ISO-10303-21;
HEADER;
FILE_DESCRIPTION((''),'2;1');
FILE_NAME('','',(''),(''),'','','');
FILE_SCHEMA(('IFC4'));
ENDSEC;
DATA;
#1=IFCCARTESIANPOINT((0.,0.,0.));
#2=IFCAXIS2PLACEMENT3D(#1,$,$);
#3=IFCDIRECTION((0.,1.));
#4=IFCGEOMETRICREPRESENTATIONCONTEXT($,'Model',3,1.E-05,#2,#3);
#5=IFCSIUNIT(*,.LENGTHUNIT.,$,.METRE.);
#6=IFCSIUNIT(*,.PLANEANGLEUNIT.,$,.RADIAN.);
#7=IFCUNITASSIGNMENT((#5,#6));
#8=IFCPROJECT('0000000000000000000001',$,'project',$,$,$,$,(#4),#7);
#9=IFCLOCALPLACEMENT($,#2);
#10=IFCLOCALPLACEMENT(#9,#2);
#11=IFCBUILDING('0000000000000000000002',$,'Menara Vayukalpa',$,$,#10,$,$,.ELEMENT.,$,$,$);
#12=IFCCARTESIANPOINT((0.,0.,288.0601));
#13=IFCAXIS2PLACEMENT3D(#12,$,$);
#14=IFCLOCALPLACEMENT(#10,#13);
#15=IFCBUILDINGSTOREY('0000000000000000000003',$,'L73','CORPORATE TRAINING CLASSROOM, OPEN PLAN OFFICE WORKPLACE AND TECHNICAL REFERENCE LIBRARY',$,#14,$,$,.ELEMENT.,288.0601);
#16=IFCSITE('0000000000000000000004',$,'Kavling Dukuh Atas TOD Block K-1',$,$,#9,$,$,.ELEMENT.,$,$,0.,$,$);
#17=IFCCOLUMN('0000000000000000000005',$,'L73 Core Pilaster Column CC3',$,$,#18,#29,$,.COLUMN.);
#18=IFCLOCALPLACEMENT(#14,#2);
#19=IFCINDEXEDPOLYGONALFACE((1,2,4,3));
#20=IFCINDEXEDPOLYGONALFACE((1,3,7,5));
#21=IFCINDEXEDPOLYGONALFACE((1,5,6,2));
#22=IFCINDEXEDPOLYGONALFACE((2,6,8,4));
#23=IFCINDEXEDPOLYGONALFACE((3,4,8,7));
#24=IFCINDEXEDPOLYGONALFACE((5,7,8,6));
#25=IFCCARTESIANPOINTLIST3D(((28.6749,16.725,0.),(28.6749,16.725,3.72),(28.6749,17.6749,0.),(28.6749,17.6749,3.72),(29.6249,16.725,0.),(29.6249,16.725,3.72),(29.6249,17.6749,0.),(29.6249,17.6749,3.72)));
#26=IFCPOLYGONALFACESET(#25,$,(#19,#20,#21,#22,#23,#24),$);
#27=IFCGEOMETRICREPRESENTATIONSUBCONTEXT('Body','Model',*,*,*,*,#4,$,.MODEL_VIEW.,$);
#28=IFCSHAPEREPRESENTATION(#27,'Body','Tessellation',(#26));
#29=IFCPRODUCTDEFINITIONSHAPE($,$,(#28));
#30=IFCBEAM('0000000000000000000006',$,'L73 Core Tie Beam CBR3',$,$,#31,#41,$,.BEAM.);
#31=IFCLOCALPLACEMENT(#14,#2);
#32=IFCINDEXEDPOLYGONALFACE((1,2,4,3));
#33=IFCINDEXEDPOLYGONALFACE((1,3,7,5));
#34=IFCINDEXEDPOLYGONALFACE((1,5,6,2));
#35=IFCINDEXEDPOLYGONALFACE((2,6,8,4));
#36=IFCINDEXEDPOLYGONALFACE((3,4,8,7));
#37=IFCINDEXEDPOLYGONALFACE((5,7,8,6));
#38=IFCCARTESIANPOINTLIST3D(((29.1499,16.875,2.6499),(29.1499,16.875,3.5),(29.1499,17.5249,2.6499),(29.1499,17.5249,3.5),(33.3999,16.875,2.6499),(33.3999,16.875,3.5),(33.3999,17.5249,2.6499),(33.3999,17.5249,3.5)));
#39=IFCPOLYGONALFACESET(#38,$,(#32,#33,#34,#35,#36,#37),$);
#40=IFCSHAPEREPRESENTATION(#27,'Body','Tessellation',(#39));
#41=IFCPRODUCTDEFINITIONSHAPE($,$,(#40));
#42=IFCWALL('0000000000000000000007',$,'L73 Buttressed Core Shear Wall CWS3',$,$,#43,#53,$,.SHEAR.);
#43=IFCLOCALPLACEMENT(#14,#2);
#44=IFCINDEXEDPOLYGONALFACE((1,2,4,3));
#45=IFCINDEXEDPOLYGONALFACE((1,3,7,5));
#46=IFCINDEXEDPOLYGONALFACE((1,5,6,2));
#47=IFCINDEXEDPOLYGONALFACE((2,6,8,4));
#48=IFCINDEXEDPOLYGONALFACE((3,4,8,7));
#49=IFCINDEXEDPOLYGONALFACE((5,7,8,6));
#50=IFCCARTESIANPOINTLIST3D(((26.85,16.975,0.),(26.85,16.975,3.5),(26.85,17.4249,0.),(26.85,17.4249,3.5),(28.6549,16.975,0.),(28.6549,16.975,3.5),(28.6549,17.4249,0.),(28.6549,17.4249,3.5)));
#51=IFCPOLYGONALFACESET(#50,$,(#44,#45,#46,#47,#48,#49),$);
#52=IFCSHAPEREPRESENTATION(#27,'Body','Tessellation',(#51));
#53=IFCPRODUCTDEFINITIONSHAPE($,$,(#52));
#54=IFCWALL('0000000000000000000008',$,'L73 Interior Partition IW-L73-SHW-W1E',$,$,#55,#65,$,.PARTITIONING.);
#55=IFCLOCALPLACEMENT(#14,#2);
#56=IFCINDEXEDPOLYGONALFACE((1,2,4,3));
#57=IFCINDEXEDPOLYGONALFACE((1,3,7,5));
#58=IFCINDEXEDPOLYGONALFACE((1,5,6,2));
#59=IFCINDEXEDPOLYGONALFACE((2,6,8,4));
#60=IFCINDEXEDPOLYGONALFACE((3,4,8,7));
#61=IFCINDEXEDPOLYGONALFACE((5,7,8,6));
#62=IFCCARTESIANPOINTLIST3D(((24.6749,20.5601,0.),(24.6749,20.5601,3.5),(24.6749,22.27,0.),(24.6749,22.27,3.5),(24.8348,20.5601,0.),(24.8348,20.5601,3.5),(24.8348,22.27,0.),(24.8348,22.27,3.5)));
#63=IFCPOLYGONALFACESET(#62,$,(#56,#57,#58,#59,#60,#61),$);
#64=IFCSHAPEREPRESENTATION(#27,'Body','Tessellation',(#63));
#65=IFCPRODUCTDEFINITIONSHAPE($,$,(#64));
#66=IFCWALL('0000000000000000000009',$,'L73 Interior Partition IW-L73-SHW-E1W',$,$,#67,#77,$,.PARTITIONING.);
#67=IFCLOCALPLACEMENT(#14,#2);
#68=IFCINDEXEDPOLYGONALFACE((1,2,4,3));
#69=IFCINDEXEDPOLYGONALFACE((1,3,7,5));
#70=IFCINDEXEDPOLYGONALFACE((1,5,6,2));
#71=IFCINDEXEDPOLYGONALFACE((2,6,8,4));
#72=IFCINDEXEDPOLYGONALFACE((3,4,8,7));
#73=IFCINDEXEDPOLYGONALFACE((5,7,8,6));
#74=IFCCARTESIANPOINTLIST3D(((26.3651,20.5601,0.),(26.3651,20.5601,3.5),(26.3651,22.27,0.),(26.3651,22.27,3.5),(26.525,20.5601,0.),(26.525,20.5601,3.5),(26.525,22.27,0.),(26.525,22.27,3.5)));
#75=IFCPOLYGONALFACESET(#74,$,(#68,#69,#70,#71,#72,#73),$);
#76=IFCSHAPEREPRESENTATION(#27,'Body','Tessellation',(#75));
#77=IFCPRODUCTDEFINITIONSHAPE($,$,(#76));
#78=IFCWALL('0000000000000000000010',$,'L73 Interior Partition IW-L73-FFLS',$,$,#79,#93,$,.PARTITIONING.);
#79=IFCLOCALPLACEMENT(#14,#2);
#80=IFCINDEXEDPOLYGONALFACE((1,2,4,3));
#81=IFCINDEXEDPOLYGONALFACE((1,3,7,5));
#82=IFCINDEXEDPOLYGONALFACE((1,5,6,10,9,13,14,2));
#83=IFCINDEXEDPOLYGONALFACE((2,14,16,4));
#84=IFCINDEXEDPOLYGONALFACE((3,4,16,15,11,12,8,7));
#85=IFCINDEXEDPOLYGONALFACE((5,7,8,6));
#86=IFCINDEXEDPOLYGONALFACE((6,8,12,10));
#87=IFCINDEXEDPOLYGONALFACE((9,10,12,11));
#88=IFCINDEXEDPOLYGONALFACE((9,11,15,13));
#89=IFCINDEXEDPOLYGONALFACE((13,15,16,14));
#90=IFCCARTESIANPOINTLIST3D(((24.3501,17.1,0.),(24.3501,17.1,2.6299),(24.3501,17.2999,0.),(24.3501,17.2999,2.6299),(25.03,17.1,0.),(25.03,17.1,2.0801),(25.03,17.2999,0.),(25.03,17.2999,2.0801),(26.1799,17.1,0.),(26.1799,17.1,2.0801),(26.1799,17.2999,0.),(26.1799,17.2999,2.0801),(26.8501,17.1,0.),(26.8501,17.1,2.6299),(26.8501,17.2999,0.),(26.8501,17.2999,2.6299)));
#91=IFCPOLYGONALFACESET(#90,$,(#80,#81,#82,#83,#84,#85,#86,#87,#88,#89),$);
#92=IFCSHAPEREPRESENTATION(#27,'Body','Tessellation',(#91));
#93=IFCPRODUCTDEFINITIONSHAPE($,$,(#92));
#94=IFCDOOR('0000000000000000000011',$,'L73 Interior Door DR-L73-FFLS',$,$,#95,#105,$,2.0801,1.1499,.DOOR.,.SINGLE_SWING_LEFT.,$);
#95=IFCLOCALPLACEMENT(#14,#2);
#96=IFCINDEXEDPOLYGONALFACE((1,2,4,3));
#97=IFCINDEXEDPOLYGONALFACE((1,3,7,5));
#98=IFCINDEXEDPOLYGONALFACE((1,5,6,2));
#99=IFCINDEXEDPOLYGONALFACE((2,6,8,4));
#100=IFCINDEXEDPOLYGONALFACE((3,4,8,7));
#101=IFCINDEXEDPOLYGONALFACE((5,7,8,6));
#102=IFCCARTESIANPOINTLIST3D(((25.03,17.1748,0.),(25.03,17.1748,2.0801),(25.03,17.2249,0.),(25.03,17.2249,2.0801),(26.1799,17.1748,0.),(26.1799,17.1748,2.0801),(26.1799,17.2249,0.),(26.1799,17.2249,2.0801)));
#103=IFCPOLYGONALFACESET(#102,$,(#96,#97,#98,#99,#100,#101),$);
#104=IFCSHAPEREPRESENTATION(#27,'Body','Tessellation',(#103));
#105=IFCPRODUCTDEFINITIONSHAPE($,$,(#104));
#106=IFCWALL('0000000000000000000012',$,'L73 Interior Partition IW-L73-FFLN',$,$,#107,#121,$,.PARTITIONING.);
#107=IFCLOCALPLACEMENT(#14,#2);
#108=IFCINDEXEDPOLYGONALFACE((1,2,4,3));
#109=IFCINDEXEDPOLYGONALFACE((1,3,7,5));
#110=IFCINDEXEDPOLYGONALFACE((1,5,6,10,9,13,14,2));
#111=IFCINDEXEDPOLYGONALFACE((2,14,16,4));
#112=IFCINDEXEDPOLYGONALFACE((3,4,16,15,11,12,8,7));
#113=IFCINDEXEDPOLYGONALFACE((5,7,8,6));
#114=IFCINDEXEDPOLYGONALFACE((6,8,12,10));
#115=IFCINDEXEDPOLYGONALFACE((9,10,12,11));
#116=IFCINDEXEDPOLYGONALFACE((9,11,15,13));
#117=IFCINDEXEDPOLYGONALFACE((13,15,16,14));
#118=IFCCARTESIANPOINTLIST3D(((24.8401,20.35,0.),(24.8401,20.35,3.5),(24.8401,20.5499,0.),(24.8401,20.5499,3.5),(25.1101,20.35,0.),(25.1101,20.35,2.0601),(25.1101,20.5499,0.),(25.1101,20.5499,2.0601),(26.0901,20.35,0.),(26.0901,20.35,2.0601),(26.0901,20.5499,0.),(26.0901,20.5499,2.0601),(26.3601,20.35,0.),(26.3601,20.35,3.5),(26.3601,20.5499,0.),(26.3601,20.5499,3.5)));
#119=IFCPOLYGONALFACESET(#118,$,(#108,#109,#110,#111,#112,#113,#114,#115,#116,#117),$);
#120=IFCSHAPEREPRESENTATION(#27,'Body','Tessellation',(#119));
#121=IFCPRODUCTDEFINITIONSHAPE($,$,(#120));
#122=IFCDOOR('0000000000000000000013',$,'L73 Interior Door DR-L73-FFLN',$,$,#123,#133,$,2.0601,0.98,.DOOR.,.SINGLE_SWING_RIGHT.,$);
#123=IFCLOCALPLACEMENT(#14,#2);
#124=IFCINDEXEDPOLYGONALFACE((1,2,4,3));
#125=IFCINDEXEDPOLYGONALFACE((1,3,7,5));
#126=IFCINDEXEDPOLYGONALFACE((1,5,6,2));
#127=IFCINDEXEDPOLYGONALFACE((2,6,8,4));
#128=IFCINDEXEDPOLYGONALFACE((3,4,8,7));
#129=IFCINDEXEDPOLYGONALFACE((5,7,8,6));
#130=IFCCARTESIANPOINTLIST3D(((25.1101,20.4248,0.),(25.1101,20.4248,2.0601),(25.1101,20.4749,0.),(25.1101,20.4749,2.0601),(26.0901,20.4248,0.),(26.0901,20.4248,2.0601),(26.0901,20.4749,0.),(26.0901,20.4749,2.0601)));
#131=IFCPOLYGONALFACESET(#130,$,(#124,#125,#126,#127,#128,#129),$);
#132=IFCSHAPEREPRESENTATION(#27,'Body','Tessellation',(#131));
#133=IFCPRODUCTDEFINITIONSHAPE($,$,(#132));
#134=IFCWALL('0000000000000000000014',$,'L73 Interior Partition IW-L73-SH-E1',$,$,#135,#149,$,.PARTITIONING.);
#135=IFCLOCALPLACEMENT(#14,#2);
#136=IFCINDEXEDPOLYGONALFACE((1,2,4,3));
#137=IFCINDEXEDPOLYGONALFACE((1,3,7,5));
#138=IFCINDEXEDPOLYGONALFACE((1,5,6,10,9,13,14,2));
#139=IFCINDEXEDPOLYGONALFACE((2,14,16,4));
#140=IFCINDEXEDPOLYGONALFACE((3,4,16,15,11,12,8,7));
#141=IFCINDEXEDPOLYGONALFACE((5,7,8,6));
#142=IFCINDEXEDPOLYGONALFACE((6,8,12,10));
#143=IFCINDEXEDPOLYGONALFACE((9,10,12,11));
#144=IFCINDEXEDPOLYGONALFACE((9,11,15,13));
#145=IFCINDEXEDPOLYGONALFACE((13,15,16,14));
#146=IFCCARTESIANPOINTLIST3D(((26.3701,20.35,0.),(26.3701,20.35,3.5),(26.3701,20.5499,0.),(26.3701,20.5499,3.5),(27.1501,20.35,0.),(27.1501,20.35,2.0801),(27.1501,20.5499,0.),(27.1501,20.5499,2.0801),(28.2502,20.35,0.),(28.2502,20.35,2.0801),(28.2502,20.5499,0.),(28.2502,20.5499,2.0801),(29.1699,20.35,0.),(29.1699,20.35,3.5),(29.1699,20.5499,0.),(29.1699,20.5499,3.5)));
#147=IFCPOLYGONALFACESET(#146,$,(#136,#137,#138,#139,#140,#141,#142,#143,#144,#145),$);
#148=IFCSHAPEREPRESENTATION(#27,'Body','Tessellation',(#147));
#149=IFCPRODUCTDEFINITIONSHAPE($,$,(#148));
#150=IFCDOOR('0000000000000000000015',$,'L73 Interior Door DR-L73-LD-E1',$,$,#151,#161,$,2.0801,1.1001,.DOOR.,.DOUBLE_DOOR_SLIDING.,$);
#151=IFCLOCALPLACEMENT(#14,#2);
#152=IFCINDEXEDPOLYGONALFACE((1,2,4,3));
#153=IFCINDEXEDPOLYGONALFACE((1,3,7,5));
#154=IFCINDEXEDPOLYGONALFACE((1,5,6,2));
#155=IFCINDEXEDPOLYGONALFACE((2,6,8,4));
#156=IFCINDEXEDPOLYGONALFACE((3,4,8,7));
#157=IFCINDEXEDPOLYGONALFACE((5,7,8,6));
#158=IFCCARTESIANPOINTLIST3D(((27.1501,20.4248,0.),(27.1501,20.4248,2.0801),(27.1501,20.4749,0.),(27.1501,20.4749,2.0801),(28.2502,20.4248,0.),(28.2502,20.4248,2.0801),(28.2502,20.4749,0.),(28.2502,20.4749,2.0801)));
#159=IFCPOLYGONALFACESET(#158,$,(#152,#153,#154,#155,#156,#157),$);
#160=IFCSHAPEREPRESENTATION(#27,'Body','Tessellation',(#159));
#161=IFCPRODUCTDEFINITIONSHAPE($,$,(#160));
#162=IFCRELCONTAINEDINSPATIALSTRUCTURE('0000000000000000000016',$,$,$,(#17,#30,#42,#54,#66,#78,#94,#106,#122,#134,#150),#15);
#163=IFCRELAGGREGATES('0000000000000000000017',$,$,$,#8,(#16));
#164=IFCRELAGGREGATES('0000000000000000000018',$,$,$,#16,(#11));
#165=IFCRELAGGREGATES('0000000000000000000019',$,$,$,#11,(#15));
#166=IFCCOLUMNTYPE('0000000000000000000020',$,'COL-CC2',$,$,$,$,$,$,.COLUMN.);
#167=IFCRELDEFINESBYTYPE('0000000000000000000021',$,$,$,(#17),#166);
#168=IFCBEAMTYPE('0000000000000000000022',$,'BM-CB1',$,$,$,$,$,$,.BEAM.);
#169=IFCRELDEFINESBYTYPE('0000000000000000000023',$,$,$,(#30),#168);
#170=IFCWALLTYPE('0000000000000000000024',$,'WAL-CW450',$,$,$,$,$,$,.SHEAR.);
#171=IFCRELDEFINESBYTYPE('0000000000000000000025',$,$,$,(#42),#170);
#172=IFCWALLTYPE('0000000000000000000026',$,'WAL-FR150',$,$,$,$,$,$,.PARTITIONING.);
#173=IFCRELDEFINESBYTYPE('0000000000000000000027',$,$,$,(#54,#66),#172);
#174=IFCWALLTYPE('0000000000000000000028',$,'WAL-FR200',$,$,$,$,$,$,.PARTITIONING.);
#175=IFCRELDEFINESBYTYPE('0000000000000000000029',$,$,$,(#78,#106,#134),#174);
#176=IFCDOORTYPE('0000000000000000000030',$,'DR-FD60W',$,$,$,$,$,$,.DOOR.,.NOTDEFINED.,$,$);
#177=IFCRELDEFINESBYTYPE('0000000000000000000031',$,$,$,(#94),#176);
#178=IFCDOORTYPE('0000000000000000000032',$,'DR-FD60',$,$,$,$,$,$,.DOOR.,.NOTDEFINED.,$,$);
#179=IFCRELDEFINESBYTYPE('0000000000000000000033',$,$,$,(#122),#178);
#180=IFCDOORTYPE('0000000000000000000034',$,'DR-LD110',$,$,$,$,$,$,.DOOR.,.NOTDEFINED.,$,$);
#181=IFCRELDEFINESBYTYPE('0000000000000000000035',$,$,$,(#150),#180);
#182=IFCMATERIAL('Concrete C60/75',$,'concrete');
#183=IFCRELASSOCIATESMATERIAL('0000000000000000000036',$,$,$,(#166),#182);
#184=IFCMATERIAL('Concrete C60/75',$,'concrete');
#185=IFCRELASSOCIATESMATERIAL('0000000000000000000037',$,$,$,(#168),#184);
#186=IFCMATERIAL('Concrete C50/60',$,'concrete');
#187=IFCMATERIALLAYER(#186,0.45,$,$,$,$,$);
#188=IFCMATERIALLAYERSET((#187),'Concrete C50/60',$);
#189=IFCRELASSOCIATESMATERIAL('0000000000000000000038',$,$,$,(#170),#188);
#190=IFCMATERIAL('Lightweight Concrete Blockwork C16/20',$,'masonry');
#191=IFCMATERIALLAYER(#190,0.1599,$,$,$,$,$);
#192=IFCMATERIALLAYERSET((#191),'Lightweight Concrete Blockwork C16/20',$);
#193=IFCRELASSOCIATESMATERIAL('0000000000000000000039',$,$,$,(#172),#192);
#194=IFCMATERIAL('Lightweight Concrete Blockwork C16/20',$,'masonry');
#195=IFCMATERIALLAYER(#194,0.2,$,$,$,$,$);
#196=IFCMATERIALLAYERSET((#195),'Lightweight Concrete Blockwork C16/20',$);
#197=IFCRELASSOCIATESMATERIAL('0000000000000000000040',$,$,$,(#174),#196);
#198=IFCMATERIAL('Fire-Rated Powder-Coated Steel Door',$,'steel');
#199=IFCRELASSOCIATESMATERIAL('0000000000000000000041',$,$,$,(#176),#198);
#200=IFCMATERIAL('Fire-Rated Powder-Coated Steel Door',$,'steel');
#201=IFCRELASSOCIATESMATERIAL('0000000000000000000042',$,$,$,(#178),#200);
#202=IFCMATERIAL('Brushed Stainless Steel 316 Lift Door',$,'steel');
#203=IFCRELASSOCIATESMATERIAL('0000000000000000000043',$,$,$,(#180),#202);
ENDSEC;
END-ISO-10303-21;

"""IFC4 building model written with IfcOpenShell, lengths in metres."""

from ifc_helpers import new_model, si_unit, direction, frame, frame_2d, origin, origin_2d, place, context, subcontext, project, spatial, rectangle, extrude, material, layer, layer_set, material_profile, profile_set, type_object, element, fill, save


model = new_model("IFC4")

# Units and contexts
model_context = context("Model", 3, precision=1e-05, world=origin(), true_north=direction((0.0, 1.0)))
body_context = subcontext(model_context, "Body", "Model", "MODEL_VIEW")
ifc_project = project(units=[si_unit("LENGTHUNIT", "METRE"), si_unit("PLANEANGLEUNIT", "RADIAN")], contexts=[model_context])

# Site, building, storey
site_placement = place(None, origin())
site = spatial("IfcSite", under=ifc_project, at=site_placement, Name="Kavling Dukuh Atas TOD Block K-1", CompositionType="ELEMENT", RefElevation=0.0)
building_placement = place(site_placement, origin())
building = spatial("IfcBuilding", under=site, at=building_placement, Name="Menara Vayukalpa", CompositionType="ELEMENT")
storey_placement = place(building_placement, frame((0.0, 0.0, 288.0601)))
storey = spatial("IfcBuildingStorey", under=building, at=storey_placement, Name="L73", Description="CORPORATE TRAINING CLASSROOM, OPEN PLAN OFFICE WORKPLACE AND TECHNICAL REFERENCE LIBRARY", CompositionType="ELEMENT", Elevation=288.0601)

# Column
ifc_material_1 = material(Name="Concrete C60/75", Category="concrete")
ifc_material_profile_1 = material_profile(ifc_material_1, rectangle(XDim=0.95, YDim=0.95, at=origin_2d()), Name="RC 950x950")
ifc_profile_set_1 = profile_set([ifc_material_profile_1], Name="Concrete C60/75")
column_type = type_object("IfcColumnType", Name="COL-CC2", PredefinedType="COLUMN", material=ifc_profile_set_1)
column_placement = place(storey_placement, frame((29.1499, 17.2, 0.0), z_axis=(0.0, 0.0, 1.0), x_axis=(1.0, 0.0, 0.0)))
element("IfcColumn", 1, at=column_placement, inside=storey, type_object=column_type, Name="L73 Core Pilaster Column CC3", PredefinedType="COLUMN", context=body_context, shape_type="SweptSolid", body=[
    extrude(rectangle(XDim=0.95, YDim=0.95, at=origin_2d()), origin(), (0.0, 0.0, 1.0), 3.72),
])

# Beam
ifc_material_2 = material(Name="Concrete C60/75", Category="concrete")
ifc_material_profile_2 = material_profile(ifc_material_2, rectangle(XDim=0.6499, YDim=0.8501, at=origin_2d()), Name="RC 650x850")
ifc_profile_set_2 = profile_set([ifc_material_profile_2], Name="Concrete C60/75")
beam_type = type_object("IfcBeamType", Name="BM-CB1", PredefinedType="BEAM", material=ifc_profile_set_2)
beam_placement = place(storey_placement, frame((29.1499, 17.2, 3.075), z_axis=(1.0, 0.0, 0.0), x_axis=(0.0, 1.0, 0.0)))
element("IfcBeam", 2, at=beam_placement, inside=storey, type_object=beam_type, Name="L73 Core Tie Beam CBR3", PredefinedType="BEAM", context=body_context, shape_type="SweptSolid", body=[
    extrude(rectangle(XDim=0.6499, YDim=0.8501, at=origin_2d()), origin(), (0.0, 0.0, 1.0), 4.25),
])

# Walls
ifc_material_3 = material(Name="Concrete C50/60", Category="concrete")
ifc_layer_1 = layer(ifc_material_3, 0.45)
ifc_layer_set_1 = layer_set([ifc_layer_1], Name="Concrete C50/60")
wall_type_1 = type_object("IfcWallType", Name="WAL-CW450", PredefinedType="SHEAR", material=ifc_layer_set_1)
wall_1_placement = place(storey_placement, frame((26.8501, 17.2, 0.0), z_axis=(0.0, 0.0, 1.0), x_axis=(1.0, 0.0, 0.0)))
element("IfcWall", 3, at=wall_1_placement, inside=storey, type_object=wall_type_1, Name="L73 Buttressed Core Shear Wall CWS3", PredefinedType="SHEAR", context=body_context, shape_type="SweptSolid", body=[
    extrude(rectangle(XDim=1.8049, YDim=0.45, at=frame_2d((0.9023, 0.0))), origin(), (0.0, 0.0, 1.0), 3.5),
])
ifc_material_4 = material(Name="Lightweight Concrete Blockwork C16/20", Category="masonry")
ifc_layer_2 = layer(ifc_material_4, 0.1599)
ifc_layer_set_2 = layer_set([ifc_layer_2], Name="Lightweight Concrete Blockwork C16/20")
wall_type_2 = type_object("IfcWallType", Name="WAL-FR150", PredefinedType="PARTITIONING", material=ifc_layer_set_2)
for number, where, z_axis, x_axis, name in (
    (4, (24.7549, 20.5601, 0.0), (0.0, 0.0, 1.0), (0.0, 1.0, 0.0), "L73 Interior Partition IW-L73-SHW-W1E"),
    (5, (26.4451, 20.5601, 0.0), (0.0, 0.0, 1.0), (0.0, 1.0, 0.0), "L73 Interior Partition IW-L73-SHW-E1W"),
):
    element("IfcWall", number, at=place(storey_placement, frame(where, z_axis=z_axis, x_axis=x_axis)), inside=storey, type_object=wall_type_2, Name=name, PredefinedType="PARTITIONING", context=body_context, shape_type="SweptSolid", body=[
        extrude(rectangle(XDim=1.71, YDim=0.1599, at=frame_2d((0.855, 0.0))), origin(), (0.0, 0.0, 1.0), 3.5),
    ])

# Walls, openings, doors
ifc_material_5 = material(Name="Lightweight Concrete Blockwork C16/20", Category="masonry")
ifc_layer_3 = layer(ifc_material_5, 0.2)
ifc_layer_set_3 = layer_set([ifc_layer_3], Name="Lightweight Concrete Blockwork C16/20")
wall_type_3 = type_object("IfcWallType", Name="WAL-FR200", PredefinedType="PARTITIONING", material=ifc_layer_set_3)
wall_2_placement = place(storey_placement, frame((24.3501, 17.2, 0.0), z_axis=(0.0, 0.0, 1.0), x_axis=(1.0, 0.0, 0.0)))
wall_2 = element("IfcWall", 6, at=wall_2_placement, inside=storey, type_object=wall_type_3, Name="L73 Interior Partition IW-L73-FFLS", PredefinedType="PARTITIONING", context=body_context, shape_type="SweptSolid", body=[
    extrude(rectangle(XDim=2.5, YDim=0.2, at=frame_2d((1.25, 0.0))), origin(), (0.0, 0.0, 1.0), 2.6299),
])
opening_1_placement = place(wall_2_placement, frame((0.6799, 0.0, 0.0)))
opening_1 = element("IfcOpeningElement", 7, at=opening_1_placement, cuts=wall_2, PredefinedType="OPENING", context=body_context, shape_type="SweptSolid", body=[
    extrude(rectangle(XDim=1.1499, YDim=2.0801, at=frame_2d((0.575, 1.04))), frame((0.0, 0.1099, 0.0), z_axis=(0.0, -1.0, 0.0), x_axis=(1.0, 0.0, 0.0)), (0.0, 0.0, 1.0), 0.22),
])
ifc_material_6 = material(Name="Fire-Rated Powder-Coated Steel Door", Category="steel")
door_type_1 = type_object("IfcDoorType", Name="DR-FD60W", OperationType="NOTDEFINED", PredefinedType="DOOR", material=ifc_material_6)
door_1_placement = place(opening_1_placement, origin())
door_1 = element("IfcDoor", 8, at=door_1_placement, inside=storey, type_object=door_type_1, Name="L73 Interior Door DR-L73-FFLS", OperationType="SINGLE_SWING_LEFT", OverallHeight=2.0801, OverallWidth=1.1499, PredefinedType="DOOR", context=body_context, shape_type="SweptSolid", body=[
    extrude(rectangle(XDim=1.1499, YDim=2.0801, at=frame_2d((0.575, 1.04))), frame((0.0, 0.0249, 0.0), z_axis=(0.0, -1.0, 0.0), x_axis=(1.0, 0.0, 0.0)), (0.0, 0.0, 1.0), 0.05),
])
fill(opening_1, door_1)
wall_3_placement = place(storey_placement, frame((24.8401, 20.45, 0.0), z_axis=(0.0, 0.0, 1.0), x_axis=(1.0, 0.0, 0.0)))
wall_3 = element("IfcWall", 9, at=wall_3_placement, inside=storey, type_object=wall_type_3, Name="L73 Interior Partition IW-L73-FFLN", PredefinedType="PARTITIONING", context=body_context, shape_type="SweptSolid", body=[
    extrude(rectangle(XDim=1.52, YDim=0.2, at=frame_2d((0.76, 0.0))), origin(), (0.0, 0.0, 1.0), 3.5),
])
opening_2_placement = place(wall_3_placement, frame((0.27, 0.0, 0.0)))
opening_2 = element("IfcOpeningElement", 10, at=opening_2_placement, cuts=wall_3, PredefinedType="OPENING", context=body_context, shape_type="SweptSolid", body=[
    extrude(rectangle(XDim=0.98, YDim=2.0601, at=frame_2d((0.49, 1.03))), frame((0.0, 0.1099, 0.0), z_axis=(0.0, -1.0, 0.0), x_axis=(1.0, 0.0, 0.0)), (0.0, 0.0, 1.0), 0.22),
])
ifc_material_7 = material(Name="Fire-Rated Powder-Coated Steel Door", Category="steel")
door_type_2 = type_object("IfcDoorType", Name="DR-FD60", OperationType="NOTDEFINED", PredefinedType="DOOR", material=ifc_material_7)
door_2_placement = place(opening_2_placement, origin())
door_2 = element("IfcDoor", 11, at=door_2_placement, inside=storey, type_object=door_type_2, Name="L73 Interior Door DR-L73-FFLN", OperationType="SINGLE_SWING_RIGHT", OverallHeight=2.0601, OverallWidth=0.98, PredefinedType="DOOR", context=body_context, shape_type="SweptSolid", body=[
    extrude(rectangle(XDim=0.98, YDim=2.0601, at=frame_2d((0.49, 1.03))), frame((0.0, 0.0249, 0.0), z_axis=(0.0, -1.0, 0.0), x_axis=(1.0, 0.0, 0.0)), (0.0, 0.0, 1.0), 0.05),
])
fill(opening_2, door_2)
wall_4_placement = place(storey_placement, frame((26.3701, 20.45, 0.0), z_axis=(0.0, 0.0, 1.0), x_axis=(1.0, 0.0, 0.0)))
wall_4 = element("IfcWall", 12, at=wall_4_placement, inside=storey, type_object=wall_type_3, Name="L73 Interior Partition IW-L73-SH-E1", PredefinedType="PARTITIONING", context=body_context, shape_type="SweptSolid", body=[
    extrude(rectangle(XDim=2.7998, YDim=0.2, at=frame_2d((1.3999, 0.0))), origin(), (0.0, 0.0, 1.0), 3.5),
])
opening_3_placement = place(wall_4_placement, frame((0.78, 0.0, 0.0)))
opening_3 = element("IfcOpeningElement", 13, at=opening_3_placement, cuts=wall_4, PredefinedType="OPENING", context=body_context, shape_type="SweptSolid", body=[
    extrude(rectangle(XDim=1.1001, YDim=2.0801, at=frame_2d((0.55, 1.04))), frame((0.0, 0.1099, 0.0), z_axis=(0.0, -1.0, 0.0), x_axis=(1.0, 0.0, 0.0)), (0.0, 0.0, 1.0), 0.22),
])
ifc_material_8 = material(Name="Brushed Stainless Steel 316 Lift Door", Category="steel")
door_type_3 = type_object("IfcDoorType", Name="DR-LD110", OperationType="NOTDEFINED", PredefinedType="DOOR", material=ifc_material_8)
door_3_placement = place(opening_3_placement, origin())
door_3 = element("IfcDoor", 14, at=door_3_placement, inside=storey, type_object=door_type_3, Name="L73 Interior Door DR-L73-LD-E1", OperationType="DOUBLE_DOOR_SLIDING", OverallHeight=2.0801, OverallWidth=1.1001, PredefinedType="DOOR", context=body_context, shape_type="SweptSolid", body=[
    extrude(rectangle(XDim=1.1001, YDim=2.0801, at=frame_2d((0.55, 1.04))), frame((0.0, 0.0249, 0.0), z_axis=(0.0, -1.0, 0.0), x_axis=(1.0, 0.0, 0.0)), (0.0, 0.0, 1.0), 0.05),
])
fill(opening_3, door_3)

save(model, "model.ifc")
